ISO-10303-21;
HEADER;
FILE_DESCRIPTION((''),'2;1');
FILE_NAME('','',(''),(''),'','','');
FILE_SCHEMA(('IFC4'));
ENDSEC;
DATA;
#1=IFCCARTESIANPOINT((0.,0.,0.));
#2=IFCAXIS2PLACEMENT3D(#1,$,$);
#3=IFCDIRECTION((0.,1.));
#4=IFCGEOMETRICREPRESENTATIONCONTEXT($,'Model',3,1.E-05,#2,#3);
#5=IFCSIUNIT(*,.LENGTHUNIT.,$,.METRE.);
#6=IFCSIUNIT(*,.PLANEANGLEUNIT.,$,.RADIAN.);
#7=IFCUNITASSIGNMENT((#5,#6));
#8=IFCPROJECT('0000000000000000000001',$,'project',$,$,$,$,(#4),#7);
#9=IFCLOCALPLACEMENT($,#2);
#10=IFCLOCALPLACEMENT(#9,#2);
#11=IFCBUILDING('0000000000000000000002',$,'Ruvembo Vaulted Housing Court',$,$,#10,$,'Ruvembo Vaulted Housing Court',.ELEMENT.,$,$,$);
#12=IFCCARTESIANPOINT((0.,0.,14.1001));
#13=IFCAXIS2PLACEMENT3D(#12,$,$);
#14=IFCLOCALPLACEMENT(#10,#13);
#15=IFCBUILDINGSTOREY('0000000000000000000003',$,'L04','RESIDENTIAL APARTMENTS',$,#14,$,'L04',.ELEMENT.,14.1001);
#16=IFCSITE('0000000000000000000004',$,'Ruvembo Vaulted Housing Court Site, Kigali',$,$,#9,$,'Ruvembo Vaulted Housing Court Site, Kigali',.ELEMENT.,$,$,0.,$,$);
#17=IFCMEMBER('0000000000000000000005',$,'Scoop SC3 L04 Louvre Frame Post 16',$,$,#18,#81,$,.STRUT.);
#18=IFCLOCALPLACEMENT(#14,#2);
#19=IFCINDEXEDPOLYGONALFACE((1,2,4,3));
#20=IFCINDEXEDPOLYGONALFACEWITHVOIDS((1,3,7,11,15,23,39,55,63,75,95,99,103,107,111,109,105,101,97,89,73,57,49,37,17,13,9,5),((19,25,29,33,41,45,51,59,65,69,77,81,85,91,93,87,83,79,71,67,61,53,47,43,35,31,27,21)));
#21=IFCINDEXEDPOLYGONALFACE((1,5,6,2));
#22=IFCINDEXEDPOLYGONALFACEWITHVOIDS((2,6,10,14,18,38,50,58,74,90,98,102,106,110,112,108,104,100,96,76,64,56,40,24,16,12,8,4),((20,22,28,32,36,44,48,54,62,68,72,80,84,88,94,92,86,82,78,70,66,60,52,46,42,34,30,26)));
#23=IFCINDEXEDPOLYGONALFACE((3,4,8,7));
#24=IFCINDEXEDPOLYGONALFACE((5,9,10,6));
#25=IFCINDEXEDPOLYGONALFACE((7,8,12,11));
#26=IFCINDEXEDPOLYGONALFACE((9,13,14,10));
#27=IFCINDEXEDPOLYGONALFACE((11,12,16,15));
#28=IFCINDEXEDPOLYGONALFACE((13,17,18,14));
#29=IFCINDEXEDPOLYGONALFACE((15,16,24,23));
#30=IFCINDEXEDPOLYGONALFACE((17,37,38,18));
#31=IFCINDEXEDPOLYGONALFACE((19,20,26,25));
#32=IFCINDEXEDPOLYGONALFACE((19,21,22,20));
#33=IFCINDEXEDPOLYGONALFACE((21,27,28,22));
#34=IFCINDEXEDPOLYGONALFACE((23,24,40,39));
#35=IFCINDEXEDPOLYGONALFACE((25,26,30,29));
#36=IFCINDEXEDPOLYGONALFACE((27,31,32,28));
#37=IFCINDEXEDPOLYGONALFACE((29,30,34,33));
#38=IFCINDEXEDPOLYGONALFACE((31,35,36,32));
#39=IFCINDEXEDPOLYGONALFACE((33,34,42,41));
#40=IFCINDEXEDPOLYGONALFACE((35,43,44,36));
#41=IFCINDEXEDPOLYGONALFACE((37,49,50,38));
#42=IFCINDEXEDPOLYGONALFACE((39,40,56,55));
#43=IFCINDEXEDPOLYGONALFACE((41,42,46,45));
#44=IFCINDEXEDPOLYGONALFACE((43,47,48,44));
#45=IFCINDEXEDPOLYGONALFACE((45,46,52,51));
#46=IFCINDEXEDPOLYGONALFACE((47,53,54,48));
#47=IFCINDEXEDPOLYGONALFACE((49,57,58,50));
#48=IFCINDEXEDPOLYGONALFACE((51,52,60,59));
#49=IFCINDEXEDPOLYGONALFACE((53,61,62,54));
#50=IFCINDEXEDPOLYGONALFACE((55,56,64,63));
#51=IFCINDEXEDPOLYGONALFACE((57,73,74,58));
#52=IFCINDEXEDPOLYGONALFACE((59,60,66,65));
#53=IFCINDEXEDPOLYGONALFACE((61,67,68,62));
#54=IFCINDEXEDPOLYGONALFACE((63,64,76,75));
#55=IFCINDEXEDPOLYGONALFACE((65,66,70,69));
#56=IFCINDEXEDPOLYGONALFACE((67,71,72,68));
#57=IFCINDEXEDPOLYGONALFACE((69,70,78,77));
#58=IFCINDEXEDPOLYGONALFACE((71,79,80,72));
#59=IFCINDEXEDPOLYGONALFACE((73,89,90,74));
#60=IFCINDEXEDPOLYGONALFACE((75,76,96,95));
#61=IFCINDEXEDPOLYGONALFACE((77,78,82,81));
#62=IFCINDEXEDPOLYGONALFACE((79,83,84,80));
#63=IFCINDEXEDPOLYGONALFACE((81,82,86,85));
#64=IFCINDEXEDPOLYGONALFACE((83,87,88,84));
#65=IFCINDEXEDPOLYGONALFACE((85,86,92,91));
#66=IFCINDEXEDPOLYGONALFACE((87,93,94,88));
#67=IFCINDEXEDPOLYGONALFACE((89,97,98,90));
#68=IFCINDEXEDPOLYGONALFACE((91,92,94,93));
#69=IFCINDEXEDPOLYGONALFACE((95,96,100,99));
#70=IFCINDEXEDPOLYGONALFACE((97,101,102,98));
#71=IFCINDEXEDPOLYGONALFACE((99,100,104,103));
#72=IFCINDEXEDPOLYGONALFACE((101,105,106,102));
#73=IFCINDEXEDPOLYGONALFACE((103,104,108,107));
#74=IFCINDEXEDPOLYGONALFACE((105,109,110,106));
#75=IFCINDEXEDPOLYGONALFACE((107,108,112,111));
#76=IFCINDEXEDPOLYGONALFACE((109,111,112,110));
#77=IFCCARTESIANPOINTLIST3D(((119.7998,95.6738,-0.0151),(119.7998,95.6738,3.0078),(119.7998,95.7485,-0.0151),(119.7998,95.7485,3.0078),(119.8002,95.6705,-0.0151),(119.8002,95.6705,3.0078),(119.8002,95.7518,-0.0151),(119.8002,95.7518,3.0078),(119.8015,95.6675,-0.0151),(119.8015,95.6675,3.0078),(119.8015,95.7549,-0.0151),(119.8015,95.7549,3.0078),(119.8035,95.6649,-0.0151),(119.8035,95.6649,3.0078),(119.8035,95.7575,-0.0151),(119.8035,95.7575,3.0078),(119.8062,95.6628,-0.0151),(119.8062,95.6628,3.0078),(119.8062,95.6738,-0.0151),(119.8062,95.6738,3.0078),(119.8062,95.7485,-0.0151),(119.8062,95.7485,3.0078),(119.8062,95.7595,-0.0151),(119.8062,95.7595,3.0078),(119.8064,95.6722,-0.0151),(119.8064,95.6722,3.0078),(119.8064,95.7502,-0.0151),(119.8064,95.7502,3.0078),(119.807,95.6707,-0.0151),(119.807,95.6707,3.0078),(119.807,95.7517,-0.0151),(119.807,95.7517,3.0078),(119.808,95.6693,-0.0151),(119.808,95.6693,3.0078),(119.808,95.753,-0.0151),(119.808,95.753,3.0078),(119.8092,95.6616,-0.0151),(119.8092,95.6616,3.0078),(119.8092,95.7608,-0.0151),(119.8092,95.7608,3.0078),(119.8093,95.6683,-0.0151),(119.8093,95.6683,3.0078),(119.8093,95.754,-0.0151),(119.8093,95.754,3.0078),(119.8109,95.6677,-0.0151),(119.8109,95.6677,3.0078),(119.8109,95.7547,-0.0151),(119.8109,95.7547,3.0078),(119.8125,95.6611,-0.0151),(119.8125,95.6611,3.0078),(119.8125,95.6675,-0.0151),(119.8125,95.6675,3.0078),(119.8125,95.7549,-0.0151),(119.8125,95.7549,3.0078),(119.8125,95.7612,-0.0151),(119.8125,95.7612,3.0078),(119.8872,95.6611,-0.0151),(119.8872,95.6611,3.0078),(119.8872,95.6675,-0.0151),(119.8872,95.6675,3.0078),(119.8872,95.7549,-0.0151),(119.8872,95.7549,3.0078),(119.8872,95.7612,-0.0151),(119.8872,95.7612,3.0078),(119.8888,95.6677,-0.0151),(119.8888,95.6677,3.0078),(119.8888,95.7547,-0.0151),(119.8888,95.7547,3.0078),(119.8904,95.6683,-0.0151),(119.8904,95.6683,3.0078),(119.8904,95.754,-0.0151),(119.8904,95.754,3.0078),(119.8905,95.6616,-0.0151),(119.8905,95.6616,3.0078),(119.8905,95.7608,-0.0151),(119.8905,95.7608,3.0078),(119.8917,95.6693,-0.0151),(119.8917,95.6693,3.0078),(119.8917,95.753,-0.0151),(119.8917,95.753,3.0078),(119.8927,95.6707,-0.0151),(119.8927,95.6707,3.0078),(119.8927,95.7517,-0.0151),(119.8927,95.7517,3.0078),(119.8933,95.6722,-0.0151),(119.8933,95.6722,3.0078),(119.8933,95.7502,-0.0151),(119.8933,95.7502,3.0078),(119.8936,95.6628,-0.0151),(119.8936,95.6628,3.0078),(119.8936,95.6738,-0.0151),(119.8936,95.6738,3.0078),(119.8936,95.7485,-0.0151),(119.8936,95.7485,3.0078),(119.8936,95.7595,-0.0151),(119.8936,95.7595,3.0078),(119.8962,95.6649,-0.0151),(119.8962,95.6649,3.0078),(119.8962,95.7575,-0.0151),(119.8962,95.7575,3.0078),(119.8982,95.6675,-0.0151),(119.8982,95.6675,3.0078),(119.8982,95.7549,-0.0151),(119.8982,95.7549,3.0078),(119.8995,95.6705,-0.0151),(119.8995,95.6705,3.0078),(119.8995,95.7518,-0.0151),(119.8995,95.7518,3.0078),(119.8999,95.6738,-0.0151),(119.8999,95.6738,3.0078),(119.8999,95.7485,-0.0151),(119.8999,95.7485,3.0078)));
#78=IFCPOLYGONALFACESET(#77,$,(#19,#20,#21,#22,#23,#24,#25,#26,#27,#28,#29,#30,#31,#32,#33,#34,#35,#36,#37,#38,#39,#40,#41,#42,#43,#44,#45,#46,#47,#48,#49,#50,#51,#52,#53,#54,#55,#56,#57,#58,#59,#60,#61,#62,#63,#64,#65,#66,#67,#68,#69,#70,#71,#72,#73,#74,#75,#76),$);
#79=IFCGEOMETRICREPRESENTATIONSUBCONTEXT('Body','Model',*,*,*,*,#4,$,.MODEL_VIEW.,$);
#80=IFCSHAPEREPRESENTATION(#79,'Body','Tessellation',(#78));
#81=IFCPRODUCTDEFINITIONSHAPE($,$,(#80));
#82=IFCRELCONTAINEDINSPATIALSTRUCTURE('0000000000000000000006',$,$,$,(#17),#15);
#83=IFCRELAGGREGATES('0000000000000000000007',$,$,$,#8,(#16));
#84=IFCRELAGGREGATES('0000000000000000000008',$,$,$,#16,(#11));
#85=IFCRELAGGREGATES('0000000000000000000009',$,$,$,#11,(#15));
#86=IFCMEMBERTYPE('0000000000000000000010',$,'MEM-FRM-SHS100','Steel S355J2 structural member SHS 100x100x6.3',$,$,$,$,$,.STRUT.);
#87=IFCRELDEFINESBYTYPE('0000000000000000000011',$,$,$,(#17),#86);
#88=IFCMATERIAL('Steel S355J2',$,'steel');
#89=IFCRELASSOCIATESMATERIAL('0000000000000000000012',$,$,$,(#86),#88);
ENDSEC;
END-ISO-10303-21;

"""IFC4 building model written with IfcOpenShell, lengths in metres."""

from ifc_helpers import new_model, si_unit, direction, frame, origin, origin_2d, place, context, subcontext, project, spatial, hollow_rectangle, extrude, material, material_profile, profile_set, type_object, element, save


model = new_model("IFC4")

# Units and contexts
model_context = context("Model", 3, precision=1e-05, world=origin(), true_north=direction((0.0, 1.0)))
body_context = subcontext(model_context, "Body", "Model", "MODEL_VIEW")
ifc_project = project(units=[si_unit("LENGTHUNIT", "METRE"), si_unit("PLANEANGLEUNIT", "RADIAN")], contexts=[model_context])

# Site, building, storey
site_placement = place(None, origin())
site = spatial("IfcSite", under=ifc_project, at=site_placement, Name="Ruvembo Vaulted Housing Court Site, Kigali", LongName="Ruvembo Vaulted Housing Court Site, Kigali", CompositionType="ELEMENT", RefElevation=0.0)
building_placement = place(site_placement, origin())
building = spatial("IfcBuilding", under=site, at=building_placement, Name="Ruvembo Vaulted Housing Court", LongName="Ruvembo Vaulted Housing Court", CompositionType="ELEMENT")
storey_placement = place(building_placement, frame((0.0, 0.0, 14.1001)))
storey = spatial("IfcBuildingStorey", under=building, at=storey_placement, Name="L04", Description="RESIDENTIAL APARTMENTS", LongName="L04", CompositionType="ELEMENT", Elevation=14.1001)

# Shared definitions
ifc_material_1 = material(Name="Steel S355J2", Category="steel")

# Member
ifc_material_profile_1 = material_profile(ifc_material_1, hollow_rectangle(XDim=0.1001, YDim=0.1001, WallThickness=0.0063, InnerFilletRadius=0.0063, OuterFilletRadius=0.0127, at=origin_2d()), Name="SHS 100x100x6.3")
ifc_profile_set_1 = profile_set([ifc_material_profile_1], Name="Steel S355J2")
member_type_1 = type_object("IfcMemberType", Name="MEM-FRM-SHS100", Description="Steel S355J2 structural member SHS 100x100x6.3", PredefinedType="STRUT", material=ifc_profile_set_1)
for number, where, z_axis, x_axis, name in (
    (1, (119.8499, 95.7112, -0.0151), (0.0, 0.0, 1.0), (1.0, 0.0, 0.0), "Scoop SC3 L04 Louvre Frame Post 16"),
):
    element("IfcMember", number, at=place(storey_placement, frame(where, z_axis=z_axis, x_axis=x_axis)), inside=storey, type_object=member_type_1, Name=name, PredefinedType="STRUT", context=body_context, shape_type="SweptSolid", body=[
        extrude(hollow_rectangle(XDim=0.1001, YDim=0.1001, WallThickness=0.0063, InnerFilletRadius=0.0063, OuterFilletRadius=0.0127, at=origin_2d()), origin(), (0.0, 0.0, 1.0), 3.0229),
    ])

save(model, "model.ifc")
